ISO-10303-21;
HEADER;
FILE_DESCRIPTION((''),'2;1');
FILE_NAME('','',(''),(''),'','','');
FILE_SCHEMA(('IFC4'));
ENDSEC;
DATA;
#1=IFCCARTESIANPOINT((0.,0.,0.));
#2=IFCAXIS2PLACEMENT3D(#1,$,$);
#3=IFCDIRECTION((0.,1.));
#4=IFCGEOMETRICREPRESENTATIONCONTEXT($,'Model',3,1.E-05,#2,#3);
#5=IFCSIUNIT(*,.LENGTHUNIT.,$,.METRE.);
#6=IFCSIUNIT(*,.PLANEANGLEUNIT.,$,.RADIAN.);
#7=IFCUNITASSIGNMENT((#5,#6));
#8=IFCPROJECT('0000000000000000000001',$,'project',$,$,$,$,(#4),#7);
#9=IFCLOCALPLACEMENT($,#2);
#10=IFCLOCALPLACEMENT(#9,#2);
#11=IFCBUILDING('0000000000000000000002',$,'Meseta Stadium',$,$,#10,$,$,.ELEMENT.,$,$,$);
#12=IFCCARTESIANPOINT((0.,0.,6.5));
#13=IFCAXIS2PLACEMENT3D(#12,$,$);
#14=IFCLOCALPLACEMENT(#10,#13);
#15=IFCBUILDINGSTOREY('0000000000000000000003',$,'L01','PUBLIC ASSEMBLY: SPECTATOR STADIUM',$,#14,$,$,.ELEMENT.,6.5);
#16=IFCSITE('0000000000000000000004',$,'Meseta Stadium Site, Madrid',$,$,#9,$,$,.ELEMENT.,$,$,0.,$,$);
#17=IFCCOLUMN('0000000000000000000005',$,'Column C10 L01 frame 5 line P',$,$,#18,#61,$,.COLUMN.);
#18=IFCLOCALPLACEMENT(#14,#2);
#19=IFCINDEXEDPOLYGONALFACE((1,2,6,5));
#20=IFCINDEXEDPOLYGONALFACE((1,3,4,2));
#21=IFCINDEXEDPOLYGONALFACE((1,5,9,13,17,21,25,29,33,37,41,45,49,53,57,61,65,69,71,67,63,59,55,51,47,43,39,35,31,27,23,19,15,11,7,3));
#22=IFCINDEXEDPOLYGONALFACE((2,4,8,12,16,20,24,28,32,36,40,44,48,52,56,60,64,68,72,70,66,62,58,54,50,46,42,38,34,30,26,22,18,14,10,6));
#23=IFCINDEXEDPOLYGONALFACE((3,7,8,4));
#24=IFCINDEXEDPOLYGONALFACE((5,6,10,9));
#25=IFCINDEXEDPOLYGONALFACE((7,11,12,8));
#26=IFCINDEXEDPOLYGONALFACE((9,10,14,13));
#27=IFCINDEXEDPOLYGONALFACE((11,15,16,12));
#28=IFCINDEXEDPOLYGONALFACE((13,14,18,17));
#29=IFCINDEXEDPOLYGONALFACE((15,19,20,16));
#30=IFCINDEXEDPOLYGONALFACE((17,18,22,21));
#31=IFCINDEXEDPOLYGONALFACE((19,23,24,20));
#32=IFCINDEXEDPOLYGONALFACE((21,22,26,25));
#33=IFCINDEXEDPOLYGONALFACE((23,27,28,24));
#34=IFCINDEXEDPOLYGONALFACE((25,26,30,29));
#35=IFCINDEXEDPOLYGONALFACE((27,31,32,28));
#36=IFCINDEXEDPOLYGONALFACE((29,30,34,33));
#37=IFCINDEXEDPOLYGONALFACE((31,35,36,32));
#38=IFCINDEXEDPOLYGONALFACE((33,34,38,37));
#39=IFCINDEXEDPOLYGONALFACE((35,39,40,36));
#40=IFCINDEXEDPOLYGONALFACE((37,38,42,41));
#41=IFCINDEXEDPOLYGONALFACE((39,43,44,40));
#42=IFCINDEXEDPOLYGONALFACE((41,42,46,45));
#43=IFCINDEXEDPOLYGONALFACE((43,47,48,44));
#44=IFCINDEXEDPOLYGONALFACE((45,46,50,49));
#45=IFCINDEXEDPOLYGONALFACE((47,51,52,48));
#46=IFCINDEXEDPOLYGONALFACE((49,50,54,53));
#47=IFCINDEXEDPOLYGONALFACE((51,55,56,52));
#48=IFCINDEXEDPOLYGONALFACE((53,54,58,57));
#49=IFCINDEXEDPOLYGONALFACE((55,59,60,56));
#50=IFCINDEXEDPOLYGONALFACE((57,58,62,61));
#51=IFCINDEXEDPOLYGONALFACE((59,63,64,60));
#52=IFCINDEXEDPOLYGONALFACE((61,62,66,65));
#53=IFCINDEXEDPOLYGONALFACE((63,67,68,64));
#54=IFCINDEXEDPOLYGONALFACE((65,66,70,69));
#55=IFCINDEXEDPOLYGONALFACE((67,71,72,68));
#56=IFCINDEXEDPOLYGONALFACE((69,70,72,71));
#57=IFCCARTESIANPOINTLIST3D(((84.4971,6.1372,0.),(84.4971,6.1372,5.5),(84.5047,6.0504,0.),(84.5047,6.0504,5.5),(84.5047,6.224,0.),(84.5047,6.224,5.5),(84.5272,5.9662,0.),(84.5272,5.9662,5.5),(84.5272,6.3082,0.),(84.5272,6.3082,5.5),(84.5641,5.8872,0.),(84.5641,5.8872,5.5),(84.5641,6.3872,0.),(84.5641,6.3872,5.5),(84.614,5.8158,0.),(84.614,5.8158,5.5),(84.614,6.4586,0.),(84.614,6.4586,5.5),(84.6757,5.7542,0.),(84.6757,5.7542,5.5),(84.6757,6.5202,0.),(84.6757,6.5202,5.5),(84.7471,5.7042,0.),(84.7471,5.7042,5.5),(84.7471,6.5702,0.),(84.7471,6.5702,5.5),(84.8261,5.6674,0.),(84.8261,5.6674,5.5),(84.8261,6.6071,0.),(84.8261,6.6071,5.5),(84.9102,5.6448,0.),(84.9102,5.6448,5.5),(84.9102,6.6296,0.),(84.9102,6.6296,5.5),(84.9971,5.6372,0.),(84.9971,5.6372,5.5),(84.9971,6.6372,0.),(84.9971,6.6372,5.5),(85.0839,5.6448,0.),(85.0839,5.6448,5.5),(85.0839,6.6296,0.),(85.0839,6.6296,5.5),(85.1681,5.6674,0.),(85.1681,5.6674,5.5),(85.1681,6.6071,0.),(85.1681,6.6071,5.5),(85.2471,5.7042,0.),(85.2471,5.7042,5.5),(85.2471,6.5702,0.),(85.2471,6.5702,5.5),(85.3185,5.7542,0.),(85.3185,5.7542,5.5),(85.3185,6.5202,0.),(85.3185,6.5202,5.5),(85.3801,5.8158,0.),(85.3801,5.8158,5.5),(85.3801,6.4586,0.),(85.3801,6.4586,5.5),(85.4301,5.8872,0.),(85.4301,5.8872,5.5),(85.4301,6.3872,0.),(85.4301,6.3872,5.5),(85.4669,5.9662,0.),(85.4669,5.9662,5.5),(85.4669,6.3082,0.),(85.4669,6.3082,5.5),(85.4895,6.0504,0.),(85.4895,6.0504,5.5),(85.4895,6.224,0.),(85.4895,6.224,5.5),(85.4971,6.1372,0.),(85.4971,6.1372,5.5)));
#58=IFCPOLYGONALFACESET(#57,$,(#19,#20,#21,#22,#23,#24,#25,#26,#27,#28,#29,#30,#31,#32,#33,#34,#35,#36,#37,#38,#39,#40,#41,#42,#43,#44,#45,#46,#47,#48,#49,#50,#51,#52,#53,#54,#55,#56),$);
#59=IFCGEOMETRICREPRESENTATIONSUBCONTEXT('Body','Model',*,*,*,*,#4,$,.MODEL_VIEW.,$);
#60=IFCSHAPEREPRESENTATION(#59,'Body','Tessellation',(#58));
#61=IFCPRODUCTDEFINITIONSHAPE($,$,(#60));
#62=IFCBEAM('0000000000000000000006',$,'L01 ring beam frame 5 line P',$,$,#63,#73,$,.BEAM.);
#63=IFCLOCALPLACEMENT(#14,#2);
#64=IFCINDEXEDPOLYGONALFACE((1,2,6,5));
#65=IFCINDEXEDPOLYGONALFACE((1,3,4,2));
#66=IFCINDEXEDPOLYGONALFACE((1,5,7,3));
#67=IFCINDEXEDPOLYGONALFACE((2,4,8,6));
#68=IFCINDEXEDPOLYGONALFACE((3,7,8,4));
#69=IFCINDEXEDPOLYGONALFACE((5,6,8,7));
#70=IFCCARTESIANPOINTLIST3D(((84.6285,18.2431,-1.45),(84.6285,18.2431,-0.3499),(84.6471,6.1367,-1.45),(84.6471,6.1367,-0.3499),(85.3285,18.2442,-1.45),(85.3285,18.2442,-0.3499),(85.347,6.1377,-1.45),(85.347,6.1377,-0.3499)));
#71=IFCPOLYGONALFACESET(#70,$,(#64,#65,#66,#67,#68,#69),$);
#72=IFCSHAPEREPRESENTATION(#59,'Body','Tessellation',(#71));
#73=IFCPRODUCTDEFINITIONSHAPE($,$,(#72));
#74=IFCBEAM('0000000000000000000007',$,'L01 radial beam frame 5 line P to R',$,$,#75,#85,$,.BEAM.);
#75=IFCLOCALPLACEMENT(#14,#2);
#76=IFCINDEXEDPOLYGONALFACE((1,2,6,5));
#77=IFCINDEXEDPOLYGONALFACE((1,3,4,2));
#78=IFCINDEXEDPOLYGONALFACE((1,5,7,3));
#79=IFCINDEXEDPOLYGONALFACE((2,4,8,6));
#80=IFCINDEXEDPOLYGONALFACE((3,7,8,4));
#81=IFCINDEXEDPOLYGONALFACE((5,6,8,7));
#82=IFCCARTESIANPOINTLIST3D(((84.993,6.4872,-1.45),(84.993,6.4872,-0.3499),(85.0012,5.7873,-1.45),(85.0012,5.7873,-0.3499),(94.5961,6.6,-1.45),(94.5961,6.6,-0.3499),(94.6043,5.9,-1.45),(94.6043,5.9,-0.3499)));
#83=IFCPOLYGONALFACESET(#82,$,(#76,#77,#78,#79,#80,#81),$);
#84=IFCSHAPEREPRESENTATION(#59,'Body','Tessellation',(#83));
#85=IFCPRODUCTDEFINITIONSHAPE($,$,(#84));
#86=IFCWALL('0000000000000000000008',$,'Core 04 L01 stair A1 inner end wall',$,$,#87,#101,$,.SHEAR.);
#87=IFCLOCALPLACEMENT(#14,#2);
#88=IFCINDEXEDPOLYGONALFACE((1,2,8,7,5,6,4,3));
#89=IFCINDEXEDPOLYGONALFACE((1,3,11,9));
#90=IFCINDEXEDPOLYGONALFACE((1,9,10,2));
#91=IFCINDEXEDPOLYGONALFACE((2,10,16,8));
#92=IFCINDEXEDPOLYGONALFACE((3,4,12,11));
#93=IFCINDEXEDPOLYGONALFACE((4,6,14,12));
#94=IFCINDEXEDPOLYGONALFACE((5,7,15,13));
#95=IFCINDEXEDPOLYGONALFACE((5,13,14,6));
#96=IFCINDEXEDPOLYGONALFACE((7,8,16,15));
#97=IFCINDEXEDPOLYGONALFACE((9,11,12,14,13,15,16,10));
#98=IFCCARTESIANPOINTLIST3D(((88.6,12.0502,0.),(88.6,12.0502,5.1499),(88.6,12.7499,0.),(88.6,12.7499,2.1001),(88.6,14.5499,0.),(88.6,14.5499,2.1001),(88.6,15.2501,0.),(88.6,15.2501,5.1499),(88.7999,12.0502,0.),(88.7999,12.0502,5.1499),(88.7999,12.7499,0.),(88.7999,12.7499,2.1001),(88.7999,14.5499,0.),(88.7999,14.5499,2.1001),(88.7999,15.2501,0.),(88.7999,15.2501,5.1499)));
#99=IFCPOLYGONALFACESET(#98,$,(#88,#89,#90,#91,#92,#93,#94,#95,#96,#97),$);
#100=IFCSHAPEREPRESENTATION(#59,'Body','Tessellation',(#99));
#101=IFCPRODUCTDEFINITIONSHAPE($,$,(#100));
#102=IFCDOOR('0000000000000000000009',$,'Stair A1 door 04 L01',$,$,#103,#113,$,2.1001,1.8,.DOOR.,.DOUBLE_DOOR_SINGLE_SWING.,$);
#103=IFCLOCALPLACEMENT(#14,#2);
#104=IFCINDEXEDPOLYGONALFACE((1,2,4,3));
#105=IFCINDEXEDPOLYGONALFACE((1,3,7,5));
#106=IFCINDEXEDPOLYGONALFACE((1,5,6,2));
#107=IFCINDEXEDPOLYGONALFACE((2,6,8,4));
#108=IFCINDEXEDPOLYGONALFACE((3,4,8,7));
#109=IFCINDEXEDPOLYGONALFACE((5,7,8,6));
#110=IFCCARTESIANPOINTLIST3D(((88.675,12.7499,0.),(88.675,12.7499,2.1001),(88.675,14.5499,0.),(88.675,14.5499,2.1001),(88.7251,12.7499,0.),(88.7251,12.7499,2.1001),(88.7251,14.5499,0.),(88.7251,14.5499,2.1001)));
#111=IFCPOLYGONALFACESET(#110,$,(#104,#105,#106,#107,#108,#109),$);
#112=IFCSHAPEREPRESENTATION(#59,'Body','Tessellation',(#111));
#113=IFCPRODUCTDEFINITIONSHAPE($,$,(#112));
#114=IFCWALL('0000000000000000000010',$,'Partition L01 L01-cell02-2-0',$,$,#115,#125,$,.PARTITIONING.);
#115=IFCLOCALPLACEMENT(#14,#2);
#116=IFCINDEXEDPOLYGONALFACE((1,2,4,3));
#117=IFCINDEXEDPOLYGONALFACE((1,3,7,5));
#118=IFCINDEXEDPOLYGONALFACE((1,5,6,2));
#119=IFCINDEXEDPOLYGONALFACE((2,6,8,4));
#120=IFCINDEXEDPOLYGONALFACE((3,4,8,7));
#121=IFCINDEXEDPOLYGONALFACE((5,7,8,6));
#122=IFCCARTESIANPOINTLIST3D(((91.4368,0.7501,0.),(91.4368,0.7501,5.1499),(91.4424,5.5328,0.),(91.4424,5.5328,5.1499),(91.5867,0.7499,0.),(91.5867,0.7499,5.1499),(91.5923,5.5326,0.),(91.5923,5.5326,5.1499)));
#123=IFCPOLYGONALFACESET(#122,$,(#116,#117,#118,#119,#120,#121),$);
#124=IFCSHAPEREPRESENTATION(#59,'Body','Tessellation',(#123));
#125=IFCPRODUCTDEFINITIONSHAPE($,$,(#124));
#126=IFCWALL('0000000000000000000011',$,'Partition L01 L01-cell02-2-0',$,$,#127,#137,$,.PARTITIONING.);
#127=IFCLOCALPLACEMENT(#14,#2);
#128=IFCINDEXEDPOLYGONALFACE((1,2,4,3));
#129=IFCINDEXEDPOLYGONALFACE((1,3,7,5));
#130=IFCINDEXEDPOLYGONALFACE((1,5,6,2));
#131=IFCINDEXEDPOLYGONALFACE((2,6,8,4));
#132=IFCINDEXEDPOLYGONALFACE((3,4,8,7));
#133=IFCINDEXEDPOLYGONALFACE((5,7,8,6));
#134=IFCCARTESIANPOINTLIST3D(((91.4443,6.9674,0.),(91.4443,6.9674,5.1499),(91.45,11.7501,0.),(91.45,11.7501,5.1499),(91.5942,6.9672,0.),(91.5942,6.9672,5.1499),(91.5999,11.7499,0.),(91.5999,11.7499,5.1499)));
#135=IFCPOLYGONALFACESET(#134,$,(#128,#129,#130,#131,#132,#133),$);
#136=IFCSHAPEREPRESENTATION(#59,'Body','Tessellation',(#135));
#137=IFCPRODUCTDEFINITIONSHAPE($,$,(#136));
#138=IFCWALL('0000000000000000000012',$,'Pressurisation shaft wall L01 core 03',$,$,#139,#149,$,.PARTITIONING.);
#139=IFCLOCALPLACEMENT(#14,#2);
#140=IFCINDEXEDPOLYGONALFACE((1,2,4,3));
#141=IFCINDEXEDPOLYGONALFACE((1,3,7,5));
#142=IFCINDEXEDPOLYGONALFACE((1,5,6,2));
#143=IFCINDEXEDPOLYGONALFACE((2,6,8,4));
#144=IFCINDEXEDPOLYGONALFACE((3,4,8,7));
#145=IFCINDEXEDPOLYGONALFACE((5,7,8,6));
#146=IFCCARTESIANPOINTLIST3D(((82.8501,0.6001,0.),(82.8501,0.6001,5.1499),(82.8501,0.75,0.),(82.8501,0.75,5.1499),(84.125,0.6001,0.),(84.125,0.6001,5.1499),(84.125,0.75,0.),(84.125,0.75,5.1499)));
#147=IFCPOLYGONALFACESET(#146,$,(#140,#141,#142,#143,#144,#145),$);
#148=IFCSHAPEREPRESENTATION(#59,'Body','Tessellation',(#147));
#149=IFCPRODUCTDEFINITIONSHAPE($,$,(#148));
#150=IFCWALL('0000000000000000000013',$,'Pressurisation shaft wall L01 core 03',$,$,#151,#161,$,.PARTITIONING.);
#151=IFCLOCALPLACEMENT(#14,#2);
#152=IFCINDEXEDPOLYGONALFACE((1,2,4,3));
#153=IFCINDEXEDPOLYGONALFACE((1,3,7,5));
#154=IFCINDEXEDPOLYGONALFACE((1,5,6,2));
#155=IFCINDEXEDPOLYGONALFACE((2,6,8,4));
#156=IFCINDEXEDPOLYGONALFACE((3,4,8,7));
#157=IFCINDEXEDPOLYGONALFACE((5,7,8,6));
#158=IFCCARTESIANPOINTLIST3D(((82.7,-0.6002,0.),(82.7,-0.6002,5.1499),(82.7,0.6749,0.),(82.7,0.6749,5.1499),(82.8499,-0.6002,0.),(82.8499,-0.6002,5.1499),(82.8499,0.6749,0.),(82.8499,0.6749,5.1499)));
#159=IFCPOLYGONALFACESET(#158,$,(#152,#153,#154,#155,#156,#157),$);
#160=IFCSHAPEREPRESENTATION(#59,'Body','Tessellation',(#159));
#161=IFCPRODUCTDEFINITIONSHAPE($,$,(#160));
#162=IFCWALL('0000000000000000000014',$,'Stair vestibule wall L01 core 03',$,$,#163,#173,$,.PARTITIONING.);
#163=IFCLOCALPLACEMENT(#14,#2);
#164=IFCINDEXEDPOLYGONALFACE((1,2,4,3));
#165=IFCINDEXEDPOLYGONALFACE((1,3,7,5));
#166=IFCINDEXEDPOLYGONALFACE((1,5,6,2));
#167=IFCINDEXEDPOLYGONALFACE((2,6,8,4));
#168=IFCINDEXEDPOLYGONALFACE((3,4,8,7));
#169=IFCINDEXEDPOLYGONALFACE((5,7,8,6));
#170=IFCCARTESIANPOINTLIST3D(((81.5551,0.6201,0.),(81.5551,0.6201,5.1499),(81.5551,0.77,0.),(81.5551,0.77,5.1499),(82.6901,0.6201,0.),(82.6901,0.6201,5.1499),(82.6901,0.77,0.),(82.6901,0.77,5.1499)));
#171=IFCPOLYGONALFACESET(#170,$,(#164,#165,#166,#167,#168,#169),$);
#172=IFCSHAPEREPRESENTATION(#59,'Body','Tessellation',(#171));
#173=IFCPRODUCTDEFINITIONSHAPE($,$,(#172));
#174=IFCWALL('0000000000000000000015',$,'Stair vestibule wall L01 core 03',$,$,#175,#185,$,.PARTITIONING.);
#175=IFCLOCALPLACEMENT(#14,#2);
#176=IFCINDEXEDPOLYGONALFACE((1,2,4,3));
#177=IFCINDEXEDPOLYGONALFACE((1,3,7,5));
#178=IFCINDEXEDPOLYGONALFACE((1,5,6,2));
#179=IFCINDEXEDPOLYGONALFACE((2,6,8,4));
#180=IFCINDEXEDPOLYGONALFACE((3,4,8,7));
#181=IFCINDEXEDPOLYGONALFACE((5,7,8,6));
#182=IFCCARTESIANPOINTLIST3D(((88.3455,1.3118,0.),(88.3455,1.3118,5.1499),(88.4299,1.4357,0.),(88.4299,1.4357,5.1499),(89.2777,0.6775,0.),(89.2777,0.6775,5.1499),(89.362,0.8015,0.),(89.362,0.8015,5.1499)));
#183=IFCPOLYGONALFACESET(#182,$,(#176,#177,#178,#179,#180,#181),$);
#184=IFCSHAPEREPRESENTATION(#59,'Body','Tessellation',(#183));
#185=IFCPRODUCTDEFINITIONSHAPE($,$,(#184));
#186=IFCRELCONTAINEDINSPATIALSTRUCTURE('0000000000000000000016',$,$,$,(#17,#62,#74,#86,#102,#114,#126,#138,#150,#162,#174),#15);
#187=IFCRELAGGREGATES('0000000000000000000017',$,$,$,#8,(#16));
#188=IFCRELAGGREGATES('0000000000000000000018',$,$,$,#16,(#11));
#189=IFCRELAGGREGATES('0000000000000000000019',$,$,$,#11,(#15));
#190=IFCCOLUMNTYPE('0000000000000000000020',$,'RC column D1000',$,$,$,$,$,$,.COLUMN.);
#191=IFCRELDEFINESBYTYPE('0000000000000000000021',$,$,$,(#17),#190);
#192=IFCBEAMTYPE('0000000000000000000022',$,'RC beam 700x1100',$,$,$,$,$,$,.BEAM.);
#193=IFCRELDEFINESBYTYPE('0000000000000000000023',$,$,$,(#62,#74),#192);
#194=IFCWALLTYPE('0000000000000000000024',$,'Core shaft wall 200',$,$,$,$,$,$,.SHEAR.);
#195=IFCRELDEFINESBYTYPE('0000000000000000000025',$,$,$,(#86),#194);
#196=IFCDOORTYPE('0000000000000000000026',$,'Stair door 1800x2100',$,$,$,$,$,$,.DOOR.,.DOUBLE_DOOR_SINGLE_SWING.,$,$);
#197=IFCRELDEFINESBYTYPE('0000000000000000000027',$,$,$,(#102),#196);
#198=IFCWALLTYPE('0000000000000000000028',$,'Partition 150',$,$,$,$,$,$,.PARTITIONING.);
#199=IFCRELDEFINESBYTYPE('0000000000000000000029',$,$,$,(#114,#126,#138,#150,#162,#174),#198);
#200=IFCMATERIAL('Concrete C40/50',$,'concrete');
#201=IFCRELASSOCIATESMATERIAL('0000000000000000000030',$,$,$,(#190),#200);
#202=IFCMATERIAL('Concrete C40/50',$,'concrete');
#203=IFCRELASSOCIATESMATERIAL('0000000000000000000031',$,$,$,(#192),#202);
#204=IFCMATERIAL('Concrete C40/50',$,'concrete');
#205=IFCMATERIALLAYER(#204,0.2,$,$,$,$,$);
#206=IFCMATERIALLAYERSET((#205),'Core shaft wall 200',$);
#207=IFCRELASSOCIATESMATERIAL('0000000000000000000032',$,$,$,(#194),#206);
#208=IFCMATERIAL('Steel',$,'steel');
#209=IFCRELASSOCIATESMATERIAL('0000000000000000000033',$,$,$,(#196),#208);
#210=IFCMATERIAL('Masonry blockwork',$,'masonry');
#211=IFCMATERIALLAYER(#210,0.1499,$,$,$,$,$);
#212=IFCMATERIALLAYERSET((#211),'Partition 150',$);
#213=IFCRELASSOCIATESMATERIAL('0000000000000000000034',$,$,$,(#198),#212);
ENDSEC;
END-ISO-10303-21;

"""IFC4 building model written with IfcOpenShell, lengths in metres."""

from ifc_helpers import new_model, si_unit, direction, frame, frame_2d, origin, origin_2d, place, context, subcontext, project, spatial, rectangle, circle, extrude, material, layer, layer_set, material_profile, profile_set, type_object, element, fill, save


model = new_model("IFC4")

# Units and contexts
model_context = context("Model", 3, precision=1e-05, world=origin(), true_north=direction((0.0, 1.0)))
body_context = subcontext(model_context, "Body", "Model", "MODEL_VIEW")
ifc_project = project(units=[si_unit("LENGTHUNIT", "METRE"), si_unit("PLANEANGLEUNIT", "RADIAN")], contexts=[model_context])

# Site, building, storey
site_placement = place(None, origin())
site = spatial("IfcSite", under=ifc_project, at=site_placement, Name="Meseta Stadium Site, Madrid", CompositionType="ELEMENT", RefElevation=0.0)
building_placement = place(site_placement, origin())
building = spatial("IfcBuilding", under=site, at=building_placement, Name="Meseta Stadium", CompositionType="ELEMENT")
storey_placement = place(building_placement, frame((0.0, 0.0, 6.5)))
storey = spatial("IfcBuildingStorey", under=building, at=storey_placement, Name="L01", Description="PUBLIC ASSEMBLY: SPECTATOR STADIUM", CompositionType="ELEMENT", Elevation=6.5)

# Column
ifc_material_1 = material(Name="Concrete C40/50", Category="concrete")
ifc_material_profile_1 = material_profile(ifc_material_1, circle(Radius=0.5, at=origin_2d()), Name="RC D1000")
ifc_profile_set_1 = profile_set([ifc_material_profile_1], Name="Concrete C40/50")
column_type = type_object("IfcColumnType", Name="RC column D1000", PredefinedType="COLUMN", material=ifc_profile_set_1)
column_placement = place(storey_placement, frame((84.9971, 6.1372, 0.0), z_axis=(0.0, 0.0, 1.0), x_axis=(1.0, 0.0, 0.0)))
element("IfcColumn", 1, at=column_placement, inside=storey, type_object=column_type, Name="Column C10 L01 frame 5 line P", PredefinedType="COLUMN", context=body_context, shape_type="SweptSolid", body=[
    extrude(circle(Radius=0.5, at=origin_2d()), origin(), (0.0, 0.0, 1.0), 5.5),
])

# Beams
ifc_material_2 = material(Name="Concrete C40/50", Category="concrete")
ifc_material_profile_2 = material_profile(ifc_material_2, rectangle(XDim=0.7, YDim=1.1001, at=origin_2d()), Name="RC 700x1100")
ifc_profile_set_2 = profile_set([ifc_material_profile_2], Name="Concrete C40/50")
beam_type = type_object("IfcBeamType", Name="RC beam 700x1100", PredefinedType="BEAM", material=ifc_profile_set_2)
beam_1_placement = place(storey_placement, frame((84.9971, 6.1372, -0.8999), z_axis=(-0.001533, 0.999999, 0.0), x_axis=(-0.999999, -0.001533, 0.0)))
element("IfcBeam", 2, at=beam_1_placement, inside=storey, type_object=beam_type, Name="L01 ring beam frame 5 line P", PredefinedType="BEAM", context=body_context, shape_type="SweptSolid", body=[
    extrude(rectangle(XDim=0.7, YDim=1.1001, at=origin_2d()), origin(), (0.0, 0.0, 1.0), 12.1064),
])
beam_2_placement = place(storey_placement, frame((84.9971, 6.1372, -0.8999), z_axis=(0.999931, 0.011745, 0.0), x_axis=(-0.011745, 0.999931, 0.0)))
element("IfcBeam", 3, at=beam_2_placement, inside=storey, type_object=beam_type, Name="L01 radial beam frame 5 line P to R", PredefinedType="BEAM", context=body_context, shape_type="SweptSolid", body=[
    extrude(rectangle(XDim=0.7, YDim=1.1001, at=origin_2d()), origin(), (0.0, 0.0, 1.0), 9.6038),
])

# Wall, opening, door
ifc_material_3 = material(Name="Concrete C40/50", Category="concrete")
ifc_layer_1 = layer(ifc_material_3, 0.2)
ifc_layer_set_1 = layer_set([ifc_layer_1], Name="Core shaft wall 200")
wall_type_1 = type_object("IfcWallType", Name="Core shaft wall 200", PredefinedType="SHEAR", material=ifc_layer_set_1)
wall_1_placement = place(storey_placement, frame((88.7, 12.05, 0.0), z_axis=(0.0, 0.0, 1.0), x_axis=(0.0, 1.0, 0.0)))
wall_1 = element("IfcWall", 4, at=wall_1_placement, inside=storey, type_object=wall_type_1, Name="Core 04 L01 stair A1 inner end wall", PredefinedType="SHEAR", context=body_context, shape_type="SweptSolid", body=[
    extrude(rectangle(XDim=3.2, YDim=0.2, at=frame_2d((1.6001, 0.0))), origin(), (0.0, 0.0, 1.0), 5.1499),
])
opening_1_placement = place(wall_1_placement, frame((0.7, 0.0, 0.0)))
opening_1 = element("IfcOpeningElement", 5, at=opening_1_placement, cuts=wall_1, PredefinedType="OPENING", context=body_context, shape_type="SweptSolid", body=[
    extrude(rectangle(XDim=1.8, YDim=2.1001, at=frame_2d((0.8999, 1.05))), frame((0.0, 0.1099, 0.0), z_axis=(0.0, -1.0, 0.0), x_axis=(1.0, 0.0, 0.0)), (0.0, 0.0, 1.0), 0.22),
])
ifc_material_4 = material(Name="Steel", Category="steel")
door_type_1 = type_object("IfcDoorType", Name="Stair door 1800x2100", OperationType="DOUBLE_DOOR_SINGLE_SWING", PredefinedType="DOOR", material=ifc_material_4)
door_1_placement = place(opening_1_placement, origin())
door_1 = element("IfcDoor", 6, at=door_1_placement, inside=storey, type_object=door_type_1, Name="Stair A1 door 04 L01", OperationType="DOUBLE_DOOR_SINGLE_SWING", OverallHeight=2.1001, OverallWidth=1.8, PredefinedType="DOOR", context=body_context, shape_type="SweptSolid", body=[
    extrude(rectangle(XDim=1.8, YDim=2.1001, at=frame_2d((0.8999, 1.05))), frame((0.0, 0.0249, 0.0), z_axis=(0.0, -1.0, 0.0), x_axis=(1.0, 0.0, 0.0)), (0.0, 0.0, 1.0), 0.05),
])
fill(opening_1, door_1)

# Walls
ifc_material_5 = material(Name="Masonry blockwork", Category="masonry")
ifc_layer_2 = layer(ifc_material_5, 0.1499)
ifc_layer_set_2 = layer_set([ifc_layer_2], Name="Partition 150")
wall_type_2 = type_object("IfcWallType", Name="Partition 150", PredefinedType="PARTITIONING", material=ifc_layer_set_2)
for number, where, z_axis, x_axis, name in (
    (7, (91.5117, 0.75, 0.0), (0.0, 0.0, 1.0), (0.001174, 0.999999, 0.0), "Partition L01 L01-cell02-2-0"),
    (8, (91.5193, 6.9673, 0.0), (0.0, 0.0, 1.0), (0.001174, 0.999999, 0.0), "Partition L01 L01-cell02-2-0"),
):
    element("IfcWall", number, at=place(storey_placement, frame(where, z_axis=z_axis, x_axis=x_axis)), inside=storey, type_object=wall_type_2, Name=name, PredefinedType="PARTITIONING", context=body_context, shape_type="SweptSolid", body=[
        extrude(rectangle(XDim=4.7827, YDim=0.1499, at=frame_2d((2.3914, 0.0))), origin(), (0.0, 0.0, 1.0), 5.1499),
    ])
wall_2_placement = place(storey_placement, frame((84.125, 0.675, 0.0), z_axis=(0.0, 0.0, 1.0), x_axis=(-1.0, 0.0, 0.0)))
element("IfcWall", 9, at=wall_2_placement, inside=storey, type_object=wall_type_2, Name="Pressurisation shaft wall L01 core 03", PredefinedType="PARTITIONING", context=body_context, shape_type="SweptSolid", body=[
    extrude(rectangle(XDim=1.2749, YDim=0.1499, at=frame_2d((0.6375, 0.0))), origin(), (0.0, 0.0, 1.0), 5.1499),
])
wall_3_placement = place(storey_placement, frame((82.7749, 0.675, 0.0), z_axis=(0.0, 0.0, 1.0), x_axis=(0.0, -1.0, 0.0)))
element("IfcWall", 10, at=wall_3_placement, inside=storey, type_object=wall_type_2, Name="Pressurisation shaft wall L01 core 03", PredefinedType="PARTITIONING", context=body_context, shape_type="SweptSolid", body=[
    extrude(rectangle(XDim=1.2751, YDim=0.1499, at=frame_2d((0.6377, 0.0))), origin(), (0.0, 0.0, 1.0), 5.1499),
])
wall_4_placement = place(storey_placement, frame((82.6899, 0.6951, 0.0), z_axis=(0.0, 0.0, 1.0), x_axis=(-1.0, 0.0, 0.0)))
element("IfcWall", 11, at=wall_4_placement, inside=storey, type_object=wall_type_2, Name="Stair vestibule wall L01 core 03", PredefinedType="PARTITIONING", context=body_context, shape_type="SweptSolid", body=[
    extrude(rectangle(XDim=1.135, YDim=0.1499, at=frame_2d((0.5674, 0.0))), origin(), (0.0, 0.0, 1.0), 5.1499),
])
wall_5_placement = place(storey_placement, frame((89.3198, 0.7395, 0.0), z_axis=(0.0, 0.0, 1.0), x_axis=(-0.826749, 0.562571, 0.0)))
element("IfcWall", 12, at=wall_5_placement, inside=storey, type_object=wall_type_2, Name="Stair vestibule wall L01 core 03", PredefinedType="PARTITIONING", context=body_context, shape_type="SweptSolid", body=[
    extrude(rectangle(XDim=1.1274, YDim=0.1499, at=frame_2d((0.5637, 0.0))), origin(), (0.0, 0.0, 1.0), 5.1499),
])

save(model, "model.ifc")
